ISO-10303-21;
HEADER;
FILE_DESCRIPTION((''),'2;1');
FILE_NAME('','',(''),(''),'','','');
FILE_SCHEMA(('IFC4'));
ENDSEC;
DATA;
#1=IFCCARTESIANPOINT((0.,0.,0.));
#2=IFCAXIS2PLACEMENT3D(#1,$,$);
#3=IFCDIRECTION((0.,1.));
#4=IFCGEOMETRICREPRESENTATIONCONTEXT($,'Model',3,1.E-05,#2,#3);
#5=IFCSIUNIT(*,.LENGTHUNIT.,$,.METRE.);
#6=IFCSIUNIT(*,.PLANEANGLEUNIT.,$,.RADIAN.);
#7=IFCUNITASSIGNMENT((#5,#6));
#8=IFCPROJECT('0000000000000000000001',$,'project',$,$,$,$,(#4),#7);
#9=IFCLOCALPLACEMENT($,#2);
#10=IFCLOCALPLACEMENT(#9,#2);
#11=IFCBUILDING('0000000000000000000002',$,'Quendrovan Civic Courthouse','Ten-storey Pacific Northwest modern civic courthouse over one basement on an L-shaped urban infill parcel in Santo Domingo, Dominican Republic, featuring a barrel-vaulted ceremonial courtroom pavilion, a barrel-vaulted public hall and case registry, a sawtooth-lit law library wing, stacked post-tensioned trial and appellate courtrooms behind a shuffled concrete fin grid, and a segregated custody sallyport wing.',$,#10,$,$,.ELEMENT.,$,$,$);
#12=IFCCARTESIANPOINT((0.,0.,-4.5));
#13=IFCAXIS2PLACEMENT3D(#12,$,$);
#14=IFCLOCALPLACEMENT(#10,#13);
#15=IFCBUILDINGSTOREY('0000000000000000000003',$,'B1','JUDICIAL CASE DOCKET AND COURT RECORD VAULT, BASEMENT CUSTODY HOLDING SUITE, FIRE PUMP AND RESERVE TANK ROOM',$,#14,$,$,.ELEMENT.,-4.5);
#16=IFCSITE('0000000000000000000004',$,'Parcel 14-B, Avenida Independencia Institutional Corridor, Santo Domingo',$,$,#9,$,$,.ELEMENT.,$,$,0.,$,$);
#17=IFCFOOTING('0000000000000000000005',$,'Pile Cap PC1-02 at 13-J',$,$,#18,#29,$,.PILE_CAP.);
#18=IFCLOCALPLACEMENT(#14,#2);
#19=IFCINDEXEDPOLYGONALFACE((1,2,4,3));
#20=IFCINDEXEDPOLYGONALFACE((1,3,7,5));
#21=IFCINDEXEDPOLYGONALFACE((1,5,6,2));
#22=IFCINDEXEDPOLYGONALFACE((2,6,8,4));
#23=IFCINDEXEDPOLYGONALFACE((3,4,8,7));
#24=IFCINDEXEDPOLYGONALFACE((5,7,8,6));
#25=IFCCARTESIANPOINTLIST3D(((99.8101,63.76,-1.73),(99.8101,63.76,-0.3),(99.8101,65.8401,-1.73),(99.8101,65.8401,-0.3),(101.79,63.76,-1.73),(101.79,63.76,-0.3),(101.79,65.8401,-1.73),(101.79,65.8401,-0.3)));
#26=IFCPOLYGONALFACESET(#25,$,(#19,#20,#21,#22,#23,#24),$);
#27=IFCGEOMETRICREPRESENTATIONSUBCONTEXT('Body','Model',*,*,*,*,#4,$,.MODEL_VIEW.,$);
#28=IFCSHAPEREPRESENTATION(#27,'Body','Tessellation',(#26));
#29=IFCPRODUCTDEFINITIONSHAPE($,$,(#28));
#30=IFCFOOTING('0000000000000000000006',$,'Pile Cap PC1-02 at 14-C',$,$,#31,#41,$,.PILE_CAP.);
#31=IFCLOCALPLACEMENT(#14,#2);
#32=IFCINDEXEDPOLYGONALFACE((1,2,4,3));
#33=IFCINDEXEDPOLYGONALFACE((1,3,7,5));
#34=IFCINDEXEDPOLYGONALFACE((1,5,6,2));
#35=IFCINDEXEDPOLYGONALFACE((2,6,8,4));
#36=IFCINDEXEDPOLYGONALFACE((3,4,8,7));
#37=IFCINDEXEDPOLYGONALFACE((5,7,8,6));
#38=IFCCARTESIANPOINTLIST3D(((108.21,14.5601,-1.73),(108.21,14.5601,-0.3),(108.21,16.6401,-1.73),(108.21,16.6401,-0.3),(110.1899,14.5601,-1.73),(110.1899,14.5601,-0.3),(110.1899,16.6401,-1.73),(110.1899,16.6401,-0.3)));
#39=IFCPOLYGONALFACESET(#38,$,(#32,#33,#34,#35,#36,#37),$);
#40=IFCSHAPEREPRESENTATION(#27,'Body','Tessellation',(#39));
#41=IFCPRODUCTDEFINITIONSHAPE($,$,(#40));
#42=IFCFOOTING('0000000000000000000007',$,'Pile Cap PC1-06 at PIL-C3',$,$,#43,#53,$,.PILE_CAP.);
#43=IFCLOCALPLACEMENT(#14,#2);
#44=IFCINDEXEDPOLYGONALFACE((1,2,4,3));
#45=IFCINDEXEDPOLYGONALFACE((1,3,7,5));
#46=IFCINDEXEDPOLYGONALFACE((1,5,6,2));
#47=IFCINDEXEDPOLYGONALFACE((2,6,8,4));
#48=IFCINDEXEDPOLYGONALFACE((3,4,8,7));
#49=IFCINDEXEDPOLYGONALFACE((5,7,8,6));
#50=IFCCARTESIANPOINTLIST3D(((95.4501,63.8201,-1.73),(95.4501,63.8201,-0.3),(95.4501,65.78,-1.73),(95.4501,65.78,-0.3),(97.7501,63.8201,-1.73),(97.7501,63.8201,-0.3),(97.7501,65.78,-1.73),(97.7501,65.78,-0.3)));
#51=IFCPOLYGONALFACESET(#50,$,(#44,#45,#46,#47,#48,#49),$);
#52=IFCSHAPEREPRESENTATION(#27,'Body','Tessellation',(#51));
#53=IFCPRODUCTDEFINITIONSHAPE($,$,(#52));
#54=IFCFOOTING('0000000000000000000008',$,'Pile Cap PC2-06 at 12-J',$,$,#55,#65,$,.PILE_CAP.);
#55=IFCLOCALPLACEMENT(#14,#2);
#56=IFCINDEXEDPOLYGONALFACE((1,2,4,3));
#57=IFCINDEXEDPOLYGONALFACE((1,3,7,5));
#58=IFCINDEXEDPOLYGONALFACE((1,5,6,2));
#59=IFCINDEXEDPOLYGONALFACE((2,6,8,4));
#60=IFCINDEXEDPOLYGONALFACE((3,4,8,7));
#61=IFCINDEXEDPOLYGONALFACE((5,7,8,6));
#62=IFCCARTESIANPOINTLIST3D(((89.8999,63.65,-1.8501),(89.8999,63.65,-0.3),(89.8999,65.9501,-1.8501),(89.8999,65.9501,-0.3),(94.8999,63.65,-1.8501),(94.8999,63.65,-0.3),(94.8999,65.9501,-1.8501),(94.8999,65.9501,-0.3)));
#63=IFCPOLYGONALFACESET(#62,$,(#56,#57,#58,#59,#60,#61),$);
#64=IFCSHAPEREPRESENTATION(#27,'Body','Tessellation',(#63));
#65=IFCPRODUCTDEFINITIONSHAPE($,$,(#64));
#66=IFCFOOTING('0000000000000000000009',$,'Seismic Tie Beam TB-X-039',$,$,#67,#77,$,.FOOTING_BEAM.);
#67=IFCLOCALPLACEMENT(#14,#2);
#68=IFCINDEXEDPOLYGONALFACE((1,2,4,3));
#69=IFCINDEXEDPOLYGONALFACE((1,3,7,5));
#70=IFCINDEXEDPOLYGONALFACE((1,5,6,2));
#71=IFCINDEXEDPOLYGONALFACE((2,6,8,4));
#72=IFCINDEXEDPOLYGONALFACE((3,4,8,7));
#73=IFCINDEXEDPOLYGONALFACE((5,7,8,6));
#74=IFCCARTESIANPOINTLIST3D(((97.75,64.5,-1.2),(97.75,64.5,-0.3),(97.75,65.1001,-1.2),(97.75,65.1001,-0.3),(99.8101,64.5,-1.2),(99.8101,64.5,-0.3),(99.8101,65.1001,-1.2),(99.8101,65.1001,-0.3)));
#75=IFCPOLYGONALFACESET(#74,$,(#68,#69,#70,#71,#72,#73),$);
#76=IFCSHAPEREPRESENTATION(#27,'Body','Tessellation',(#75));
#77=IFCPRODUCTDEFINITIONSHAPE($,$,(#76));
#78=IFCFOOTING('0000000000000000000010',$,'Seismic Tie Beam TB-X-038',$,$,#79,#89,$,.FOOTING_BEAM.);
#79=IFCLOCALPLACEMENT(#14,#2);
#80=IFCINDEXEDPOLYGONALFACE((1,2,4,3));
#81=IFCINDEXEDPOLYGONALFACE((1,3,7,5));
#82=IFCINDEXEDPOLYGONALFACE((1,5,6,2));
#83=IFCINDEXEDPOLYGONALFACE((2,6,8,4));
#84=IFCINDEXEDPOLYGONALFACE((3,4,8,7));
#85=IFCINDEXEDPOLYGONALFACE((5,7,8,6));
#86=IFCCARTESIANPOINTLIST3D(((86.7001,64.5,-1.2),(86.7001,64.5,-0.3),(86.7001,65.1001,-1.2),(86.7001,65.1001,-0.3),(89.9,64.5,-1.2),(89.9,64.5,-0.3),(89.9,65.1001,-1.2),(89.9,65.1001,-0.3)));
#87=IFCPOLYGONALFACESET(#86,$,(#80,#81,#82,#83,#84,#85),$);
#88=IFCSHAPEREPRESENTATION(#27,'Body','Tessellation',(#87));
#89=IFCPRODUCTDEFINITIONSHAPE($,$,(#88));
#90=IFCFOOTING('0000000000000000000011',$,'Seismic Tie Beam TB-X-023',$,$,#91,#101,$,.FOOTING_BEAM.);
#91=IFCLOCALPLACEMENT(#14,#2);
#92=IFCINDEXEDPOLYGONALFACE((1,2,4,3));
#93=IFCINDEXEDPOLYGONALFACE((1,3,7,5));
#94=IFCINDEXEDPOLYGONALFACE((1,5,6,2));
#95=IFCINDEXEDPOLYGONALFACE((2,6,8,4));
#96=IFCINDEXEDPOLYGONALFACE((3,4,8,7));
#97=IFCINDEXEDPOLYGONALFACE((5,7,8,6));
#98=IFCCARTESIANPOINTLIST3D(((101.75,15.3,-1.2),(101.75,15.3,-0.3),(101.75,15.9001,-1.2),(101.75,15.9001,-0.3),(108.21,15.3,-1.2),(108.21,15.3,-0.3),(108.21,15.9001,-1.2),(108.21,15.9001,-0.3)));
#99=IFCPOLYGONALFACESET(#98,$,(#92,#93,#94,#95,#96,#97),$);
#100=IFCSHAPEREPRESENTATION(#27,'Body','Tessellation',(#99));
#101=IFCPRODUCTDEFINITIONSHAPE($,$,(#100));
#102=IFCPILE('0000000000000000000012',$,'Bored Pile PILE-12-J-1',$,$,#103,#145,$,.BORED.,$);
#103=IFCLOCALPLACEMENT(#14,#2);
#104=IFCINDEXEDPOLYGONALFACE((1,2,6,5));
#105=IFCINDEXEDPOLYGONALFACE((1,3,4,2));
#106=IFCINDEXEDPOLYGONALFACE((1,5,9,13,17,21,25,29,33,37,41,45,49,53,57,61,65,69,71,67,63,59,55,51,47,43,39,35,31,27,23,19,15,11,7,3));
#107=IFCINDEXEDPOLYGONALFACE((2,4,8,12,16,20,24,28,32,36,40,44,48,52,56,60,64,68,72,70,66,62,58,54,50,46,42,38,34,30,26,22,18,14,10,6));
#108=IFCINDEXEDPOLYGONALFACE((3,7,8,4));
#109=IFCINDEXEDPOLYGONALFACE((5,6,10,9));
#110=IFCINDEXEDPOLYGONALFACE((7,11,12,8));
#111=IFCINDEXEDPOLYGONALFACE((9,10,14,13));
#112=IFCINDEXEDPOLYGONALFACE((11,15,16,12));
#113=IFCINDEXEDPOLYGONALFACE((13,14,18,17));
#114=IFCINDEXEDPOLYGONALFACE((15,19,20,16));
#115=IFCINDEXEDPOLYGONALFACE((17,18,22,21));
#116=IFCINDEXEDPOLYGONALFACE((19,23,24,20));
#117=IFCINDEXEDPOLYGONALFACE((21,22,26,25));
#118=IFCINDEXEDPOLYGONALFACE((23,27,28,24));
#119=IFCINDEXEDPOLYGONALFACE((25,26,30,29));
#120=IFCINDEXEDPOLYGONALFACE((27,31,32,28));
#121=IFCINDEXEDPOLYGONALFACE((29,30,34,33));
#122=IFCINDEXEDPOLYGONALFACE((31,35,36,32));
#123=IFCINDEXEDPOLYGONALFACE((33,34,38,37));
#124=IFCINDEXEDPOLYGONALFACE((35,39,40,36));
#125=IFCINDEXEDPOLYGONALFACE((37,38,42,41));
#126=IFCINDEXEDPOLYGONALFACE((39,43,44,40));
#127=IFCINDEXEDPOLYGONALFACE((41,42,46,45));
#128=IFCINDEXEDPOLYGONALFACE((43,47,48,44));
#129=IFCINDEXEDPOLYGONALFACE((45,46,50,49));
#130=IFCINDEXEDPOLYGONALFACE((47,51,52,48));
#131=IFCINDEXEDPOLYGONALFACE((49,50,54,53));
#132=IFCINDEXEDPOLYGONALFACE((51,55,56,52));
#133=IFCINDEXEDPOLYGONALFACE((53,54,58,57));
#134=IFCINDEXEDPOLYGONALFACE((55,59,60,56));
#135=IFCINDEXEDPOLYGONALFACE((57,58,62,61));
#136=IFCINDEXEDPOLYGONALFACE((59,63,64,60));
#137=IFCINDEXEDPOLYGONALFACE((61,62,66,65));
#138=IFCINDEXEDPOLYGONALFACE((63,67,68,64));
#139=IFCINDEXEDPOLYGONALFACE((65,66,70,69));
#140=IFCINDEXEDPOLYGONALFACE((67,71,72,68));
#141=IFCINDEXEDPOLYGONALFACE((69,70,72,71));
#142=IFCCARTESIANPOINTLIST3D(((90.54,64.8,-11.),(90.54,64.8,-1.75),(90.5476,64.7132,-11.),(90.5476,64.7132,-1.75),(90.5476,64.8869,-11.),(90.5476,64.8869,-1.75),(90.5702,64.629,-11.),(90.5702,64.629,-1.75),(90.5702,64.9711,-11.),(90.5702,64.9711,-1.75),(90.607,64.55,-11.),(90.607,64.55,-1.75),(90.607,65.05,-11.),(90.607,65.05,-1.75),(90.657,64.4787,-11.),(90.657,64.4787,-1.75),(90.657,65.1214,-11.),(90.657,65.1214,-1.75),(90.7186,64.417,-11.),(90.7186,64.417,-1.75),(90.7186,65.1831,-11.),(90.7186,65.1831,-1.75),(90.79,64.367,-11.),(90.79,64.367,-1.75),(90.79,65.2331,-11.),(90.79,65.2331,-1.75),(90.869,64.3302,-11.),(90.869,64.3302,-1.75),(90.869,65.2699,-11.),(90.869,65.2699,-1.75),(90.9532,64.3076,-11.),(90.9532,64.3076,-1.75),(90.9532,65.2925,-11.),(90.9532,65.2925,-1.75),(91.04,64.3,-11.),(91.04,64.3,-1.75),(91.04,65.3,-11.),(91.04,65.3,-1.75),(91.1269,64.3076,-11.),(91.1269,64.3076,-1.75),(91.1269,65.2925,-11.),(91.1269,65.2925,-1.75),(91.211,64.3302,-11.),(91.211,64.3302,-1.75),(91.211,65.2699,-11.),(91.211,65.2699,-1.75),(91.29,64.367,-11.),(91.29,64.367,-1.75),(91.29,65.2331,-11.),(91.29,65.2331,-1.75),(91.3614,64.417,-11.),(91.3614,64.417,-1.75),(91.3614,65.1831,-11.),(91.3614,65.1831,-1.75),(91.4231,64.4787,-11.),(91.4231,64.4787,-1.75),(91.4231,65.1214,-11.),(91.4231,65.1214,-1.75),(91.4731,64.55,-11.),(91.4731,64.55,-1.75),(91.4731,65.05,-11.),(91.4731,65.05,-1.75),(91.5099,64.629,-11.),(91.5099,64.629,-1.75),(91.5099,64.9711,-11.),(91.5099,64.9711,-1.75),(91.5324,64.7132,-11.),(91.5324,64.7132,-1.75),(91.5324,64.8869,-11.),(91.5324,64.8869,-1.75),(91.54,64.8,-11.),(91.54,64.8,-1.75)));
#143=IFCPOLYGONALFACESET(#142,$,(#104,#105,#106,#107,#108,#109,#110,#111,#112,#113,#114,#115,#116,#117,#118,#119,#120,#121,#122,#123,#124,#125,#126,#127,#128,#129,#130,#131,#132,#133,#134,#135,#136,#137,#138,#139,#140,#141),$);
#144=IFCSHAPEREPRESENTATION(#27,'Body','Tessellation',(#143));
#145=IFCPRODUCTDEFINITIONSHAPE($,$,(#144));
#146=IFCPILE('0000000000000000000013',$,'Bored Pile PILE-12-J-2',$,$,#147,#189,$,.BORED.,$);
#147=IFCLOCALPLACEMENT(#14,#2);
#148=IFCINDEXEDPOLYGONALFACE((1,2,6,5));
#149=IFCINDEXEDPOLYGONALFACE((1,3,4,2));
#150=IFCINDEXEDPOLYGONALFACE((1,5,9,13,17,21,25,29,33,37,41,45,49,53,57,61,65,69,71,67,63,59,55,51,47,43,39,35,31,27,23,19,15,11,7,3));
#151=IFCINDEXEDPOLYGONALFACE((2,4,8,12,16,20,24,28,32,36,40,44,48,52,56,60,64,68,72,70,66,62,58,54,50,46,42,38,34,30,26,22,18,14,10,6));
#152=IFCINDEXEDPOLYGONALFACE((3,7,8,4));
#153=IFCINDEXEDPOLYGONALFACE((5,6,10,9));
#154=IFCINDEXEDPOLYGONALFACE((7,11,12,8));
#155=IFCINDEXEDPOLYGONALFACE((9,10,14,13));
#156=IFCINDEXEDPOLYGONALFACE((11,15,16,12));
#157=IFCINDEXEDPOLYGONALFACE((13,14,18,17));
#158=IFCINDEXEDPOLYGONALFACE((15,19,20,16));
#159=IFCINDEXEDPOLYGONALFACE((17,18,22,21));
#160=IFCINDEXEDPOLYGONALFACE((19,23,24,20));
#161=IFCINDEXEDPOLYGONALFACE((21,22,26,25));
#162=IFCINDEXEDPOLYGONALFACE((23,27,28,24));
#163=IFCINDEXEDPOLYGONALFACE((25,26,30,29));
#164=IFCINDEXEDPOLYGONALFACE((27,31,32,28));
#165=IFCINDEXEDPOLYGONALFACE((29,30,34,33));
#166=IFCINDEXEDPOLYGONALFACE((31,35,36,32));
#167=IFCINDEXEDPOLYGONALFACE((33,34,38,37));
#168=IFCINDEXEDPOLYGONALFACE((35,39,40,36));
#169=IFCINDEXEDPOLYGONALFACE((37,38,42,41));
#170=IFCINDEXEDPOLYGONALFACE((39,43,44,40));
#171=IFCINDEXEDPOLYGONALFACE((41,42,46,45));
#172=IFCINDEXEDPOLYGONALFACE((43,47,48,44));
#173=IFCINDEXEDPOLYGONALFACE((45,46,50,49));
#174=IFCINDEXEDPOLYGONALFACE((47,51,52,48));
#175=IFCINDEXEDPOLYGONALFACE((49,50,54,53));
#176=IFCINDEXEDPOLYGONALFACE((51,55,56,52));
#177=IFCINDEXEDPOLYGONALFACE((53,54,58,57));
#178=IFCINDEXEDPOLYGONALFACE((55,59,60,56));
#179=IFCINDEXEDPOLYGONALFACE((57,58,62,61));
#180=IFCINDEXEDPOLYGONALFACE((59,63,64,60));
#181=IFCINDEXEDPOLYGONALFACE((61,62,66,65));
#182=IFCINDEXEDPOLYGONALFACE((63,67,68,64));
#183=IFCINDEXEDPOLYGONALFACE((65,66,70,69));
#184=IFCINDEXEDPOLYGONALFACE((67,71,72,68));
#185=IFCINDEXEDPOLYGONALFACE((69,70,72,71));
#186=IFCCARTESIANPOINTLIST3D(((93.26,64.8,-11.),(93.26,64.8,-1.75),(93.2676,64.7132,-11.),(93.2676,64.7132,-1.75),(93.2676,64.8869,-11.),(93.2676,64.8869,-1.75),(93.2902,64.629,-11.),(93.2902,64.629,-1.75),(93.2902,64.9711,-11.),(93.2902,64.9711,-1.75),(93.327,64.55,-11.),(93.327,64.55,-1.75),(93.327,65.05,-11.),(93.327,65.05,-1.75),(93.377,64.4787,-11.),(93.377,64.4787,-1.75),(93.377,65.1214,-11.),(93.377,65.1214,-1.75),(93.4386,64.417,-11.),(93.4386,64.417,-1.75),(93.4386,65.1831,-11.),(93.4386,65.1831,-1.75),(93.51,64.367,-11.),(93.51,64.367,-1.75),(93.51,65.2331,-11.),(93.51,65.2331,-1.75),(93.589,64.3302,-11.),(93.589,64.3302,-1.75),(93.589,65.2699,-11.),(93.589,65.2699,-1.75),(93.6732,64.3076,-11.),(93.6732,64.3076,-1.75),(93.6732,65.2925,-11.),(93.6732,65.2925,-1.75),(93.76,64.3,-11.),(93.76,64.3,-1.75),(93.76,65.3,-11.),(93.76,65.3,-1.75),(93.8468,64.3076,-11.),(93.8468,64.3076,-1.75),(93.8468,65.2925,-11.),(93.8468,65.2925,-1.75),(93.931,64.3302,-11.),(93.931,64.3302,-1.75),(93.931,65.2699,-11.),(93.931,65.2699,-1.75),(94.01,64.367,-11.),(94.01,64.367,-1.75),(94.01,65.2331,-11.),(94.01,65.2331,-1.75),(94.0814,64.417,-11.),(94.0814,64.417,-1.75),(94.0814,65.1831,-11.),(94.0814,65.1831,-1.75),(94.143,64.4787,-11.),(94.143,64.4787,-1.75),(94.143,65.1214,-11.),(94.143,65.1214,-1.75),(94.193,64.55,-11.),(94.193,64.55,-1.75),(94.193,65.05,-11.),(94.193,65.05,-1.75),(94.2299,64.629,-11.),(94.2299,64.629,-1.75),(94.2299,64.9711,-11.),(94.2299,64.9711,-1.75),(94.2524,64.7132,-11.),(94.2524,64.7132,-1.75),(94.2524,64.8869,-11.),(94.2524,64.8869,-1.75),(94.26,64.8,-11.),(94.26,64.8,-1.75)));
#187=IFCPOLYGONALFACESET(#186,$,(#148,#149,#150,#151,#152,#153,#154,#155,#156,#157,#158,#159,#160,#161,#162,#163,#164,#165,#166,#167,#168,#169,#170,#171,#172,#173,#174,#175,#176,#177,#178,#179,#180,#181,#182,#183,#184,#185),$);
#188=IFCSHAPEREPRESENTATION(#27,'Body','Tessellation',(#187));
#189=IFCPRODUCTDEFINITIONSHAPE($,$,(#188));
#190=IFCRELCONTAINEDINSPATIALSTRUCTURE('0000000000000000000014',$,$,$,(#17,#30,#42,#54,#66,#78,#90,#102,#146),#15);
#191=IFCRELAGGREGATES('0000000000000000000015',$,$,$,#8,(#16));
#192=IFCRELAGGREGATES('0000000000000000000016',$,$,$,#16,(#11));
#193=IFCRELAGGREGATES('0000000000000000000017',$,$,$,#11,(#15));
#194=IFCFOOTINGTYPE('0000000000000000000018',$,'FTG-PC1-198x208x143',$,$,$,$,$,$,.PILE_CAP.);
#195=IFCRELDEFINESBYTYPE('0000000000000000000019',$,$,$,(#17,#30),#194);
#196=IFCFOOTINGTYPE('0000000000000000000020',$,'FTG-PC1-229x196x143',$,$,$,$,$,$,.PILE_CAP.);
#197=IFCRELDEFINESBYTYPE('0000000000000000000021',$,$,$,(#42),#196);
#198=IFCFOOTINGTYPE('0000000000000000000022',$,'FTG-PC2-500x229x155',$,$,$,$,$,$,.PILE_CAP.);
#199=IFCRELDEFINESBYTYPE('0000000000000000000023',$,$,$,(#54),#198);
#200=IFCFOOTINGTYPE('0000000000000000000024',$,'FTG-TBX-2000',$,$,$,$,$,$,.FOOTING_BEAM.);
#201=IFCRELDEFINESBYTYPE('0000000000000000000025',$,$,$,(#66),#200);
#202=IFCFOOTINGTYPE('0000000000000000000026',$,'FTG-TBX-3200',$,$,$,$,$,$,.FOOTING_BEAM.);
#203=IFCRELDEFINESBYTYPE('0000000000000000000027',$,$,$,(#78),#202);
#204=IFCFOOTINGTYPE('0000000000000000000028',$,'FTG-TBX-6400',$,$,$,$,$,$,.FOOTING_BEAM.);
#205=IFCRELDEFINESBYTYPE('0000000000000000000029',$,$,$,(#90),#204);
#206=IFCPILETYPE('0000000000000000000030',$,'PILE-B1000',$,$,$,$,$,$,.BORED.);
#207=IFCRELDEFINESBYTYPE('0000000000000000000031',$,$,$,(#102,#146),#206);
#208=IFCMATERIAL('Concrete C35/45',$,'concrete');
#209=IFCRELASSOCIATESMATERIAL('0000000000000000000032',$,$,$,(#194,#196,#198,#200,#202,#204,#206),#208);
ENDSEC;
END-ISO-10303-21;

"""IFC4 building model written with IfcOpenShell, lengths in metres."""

from ifc_helpers import new_model, si_unit, direction, frame, origin, origin_2d, place, context, subcontext, project, spatial, rectangle, circle, extrude, material, material_profile, profile_set, type_object, element, save


model = new_model("IFC4")

# Units and contexts
model_context = context("Model", 3, precision=1e-05, world=origin(), true_north=direction((0.0, 1.0)))
body_context = subcontext(model_context, "Body", "Model", "MODEL_VIEW")
ifc_project = project(units=[si_unit("LENGTHUNIT", "METRE"), si_unit("PLANEANGLEUNIT", "RADIAN")], contexts=[model_context])

# Site, building, storey
site_placement = place(None, origin())
site = spatial("IfcSite", under=ifc_project, at=site_placement, Name="Parcel 14-B, Avenida Independencia Institutional Corridor, Santo Domingo", CompositionType="ELEMENT", RefElevation=0.0)
building_placement = place(site_placement, origin())
building = spatial("IfcBuilding", under=site, at=building_placement, Name="Quendrovan Civic Courthouse", Description="Ten-storey Pacific Northwest modern civic courthouse over one basement on an L-shaped urban infill parcel in Santo Domingo, Dominican Republic, featuring a barrel-vaulted ceremonial courtroom pavilion, a barrel-vaulted public hall and case registry, a sawtooth-lit law library wing, stacked post-tensioned trial and appellate courtrooms behind a shuffled concrete fin grid, and a segregated custody sallyport wing.", CompositionType="ELEMENT")
storey_placement = place(building_placement, frame((0.0, 0.0, -4.5)))
storey = spatial("IfcBuildingStorey", under=building, at=storey_placement, Name="B1", Description="JUDICIAL CASE DOCKET AND COURT RECORD VAULT, BASEMENT CUSTODY HOLDING SUITE, FIRE PUMP AND RESERVE TANK ROOM", CompositionType="ELEMENT", Elevation=-4.5)

# Footings
ifc_material_1 = material(Name="Concrete C35/45", Category="concrete")
footing_type_1 = type_object("IfcFootingType", Name="FTG-PC1-198x208x143", PredefinedType="PILE_CAP", material=ifc_material_1)
for number, where, z_axis, x_axis, name in (
    (1, (100.8, 64.8, -1.73), (0.0, 0.0, 1.0), (1.0, 0.0, 0.0), "Pile Cap PC1-02 at 13-J"),
    (2, (109.2, 15.6001, -1.73), (0.0, 0.0, 1.0), (1.0, 0.0, 0.0), "Pile Cap PC1-02 at 14-C"),
):
    element("IfcFooting", number, at=place(storey_placement, frame(where, z_axis=z_axis, x_axis=x_axis)), inside=storey, type_object=footing_type_1, Name=name, PredefinedType="PILE_CAP", context=body_context, shape_type="SweptSolid", body=[
        extrude(rectangle(XDim=1.98, YDim=2.0801, at=origin_2d()), origin(), (0.0, 0.0, 1.0), 1.4299),
    ])
footing_type_2 = type_object("IfcFootingType", Name="FTG-PC1-229x196x143", PredefinedType="PILE_CAP", material=ifc_material_1)
footing_1_placement = place(storey_placement, frame((96.6001, 64.8, -1.73), z_axis=(0.0, 0.0, 1.0), x_axis=(1.0, 0.0, 0.0)))
element("IfcFooting", 3, at=footing_1_placement, inside=storey, type_object=footing_type_2, Name="Pile Cap PC1-06 at PIL-C3", PredefinedType="PILE_CAP", context=body_context, shape_type="SweptSolid", body=[
    extrude(rectangle(XDim=2.3, YDim=1.96, at=origin_2d()), origin(), (0.0, 0.0, 1.0), 1.4299),
])
footing_type_3 = type_object("IfcFootingType", Name="FTG-PC2-500x229x155", PredefinedType="PILE_CAP", material=ifc_material_1)
footing_2_placement = place(storey_placement, frame((92.3999, 64.8, -1.8501), z_axis=(0.0, 0.0, 1.0), x_axis=(1.0, 0.0, 0.0)))
element("IfcFooting", 4, at=footing_2_placement, inside=storey, type_object=footing_type_3, Name="Pile Cap PC2-06 at 12-J", PredefinedType="PILE_CAP", context=body_context, shape_type="SweptSolid", body=[
    extrude(rectangle(XDim=5.0, YDim=2.3, at=origin_2d()), origin(), (0.0, 0.0, 1.0), 1.55),
])
footing_type_4 = type_object("IfcFootingType", Name="FTG-TBX-2000", PredefinedType="FOOTING_BEAM", material=ifc_material_1)
footing_3_placement = place(storey_placement, frame((98.78, 64.8, -1.2), z_axis=(0.0, 0.0, 1.0), x_axis=(1.0, 0.0, 0.0)))
element("IfcFooting", 5, at=footing_3_placement, inside=storey, type_object=footing_type_4, Name="Seismic Tie Beam TB-X-039", PredefinedType="FOOTING_BEAM", context=body_context, shape_type="SweptSolid", body=[
    extrude(rectangle(XDim=2.0601, YDim=0.6001, at=origin_2d()), origin(), (0.0, 0.0, 1.0), 0.8999),
])
footing_type_5 = type_object("IfcFootingType", Name="FTG-TBX-3200", PredefinedType="FOOTING_BEAM", material=ifc_material_1)
footing_4_placement = place(storey_placement, frame((88.3, 64.8, -1.2), z_axis=(0.0, 0.0, 1.0), x_axis=(1.0, 0.0, 0.0)))
element("IfcFooting", 6, at=footing_4_placement, inside=storey, type_object=footing_type_5, Name="Seismic Tie Beam TB-X-038", PredefinedType="FOOTING_BEAM", context=body_context, shape_type="SweptSolid", body=[
    extrude(rectangle(XDim=3.2, YDim=0.6001, at=origin_2d()), origin(), (0.0, 0.0, 1.0), 0.8999),
])
footing_type_6 = type_object("IfcFootingType", Name="FTG-TBX-6400", PredefinedType="FOOTING_BEAM", material=ifc_material_1)
footing_5_placement = place(storey_placement, frame((104.98, 15.6001, -1.2), z_axis=(0.0, 0.0, 1.0), x_axis=(1.0, 0.0, 0.0)))
element("IfcFooting", 7, at=footing_5_placement, inside=storey, type_object=footing_type_6, Name="Seismic Tie Beam TB-X-023", PredefinedType="FOOTING_BEAM", context=body_context, shape_type="SweptSolid", body=[
    extrude(rectangle(XDim=6.46, YDim=0.6001, at=origin_2d()), origin(), (0.0, 0.0, 1.0), 0.8999),
])

# Piles
ifc_material_profile_1 = material_profile(ifc_material_1, circle(Radius=0.5, at=origin_2d()), Name="PILE-D1000")
ifc_profile_set_1 = profile_set([ifc_material_profile_1], Name="Concrete C35/45")
pile_type = type_object("IfcPileType", Name="PILE-B1000", PredefinedType="BORED", material=ifc_profile_set_1)
for number, where, z_axis, x_axis, name in (
    (8, (91.04, 64.8, -1.75), (0.0, 0.0, -1.0), (1.0, 0.0, 0.0), "Bored Pile PILE-12-J-1"),
    (9, (93.76, 64.8, -1.75), (0.0, 0.0, -1.0), (1.0, 0.0, 0.0), "Bored Pile PILE-12-J-2"),
):
    element("IfcPile", number, at=place(storey_placement, frame(where, z_axis=z_axis, x_axis=x_axis)), inside=storey, type_object=pile_type, Name=name, PredefinedType="BORED", context=body_context, shape_type="SweptSolid", body=[
        extrude(circle(Radius=0.5, at=origin_2d()), origin(), (0.0, 0.0, 1.0), 9.25),
    ])

save(model, "model.ifc")
